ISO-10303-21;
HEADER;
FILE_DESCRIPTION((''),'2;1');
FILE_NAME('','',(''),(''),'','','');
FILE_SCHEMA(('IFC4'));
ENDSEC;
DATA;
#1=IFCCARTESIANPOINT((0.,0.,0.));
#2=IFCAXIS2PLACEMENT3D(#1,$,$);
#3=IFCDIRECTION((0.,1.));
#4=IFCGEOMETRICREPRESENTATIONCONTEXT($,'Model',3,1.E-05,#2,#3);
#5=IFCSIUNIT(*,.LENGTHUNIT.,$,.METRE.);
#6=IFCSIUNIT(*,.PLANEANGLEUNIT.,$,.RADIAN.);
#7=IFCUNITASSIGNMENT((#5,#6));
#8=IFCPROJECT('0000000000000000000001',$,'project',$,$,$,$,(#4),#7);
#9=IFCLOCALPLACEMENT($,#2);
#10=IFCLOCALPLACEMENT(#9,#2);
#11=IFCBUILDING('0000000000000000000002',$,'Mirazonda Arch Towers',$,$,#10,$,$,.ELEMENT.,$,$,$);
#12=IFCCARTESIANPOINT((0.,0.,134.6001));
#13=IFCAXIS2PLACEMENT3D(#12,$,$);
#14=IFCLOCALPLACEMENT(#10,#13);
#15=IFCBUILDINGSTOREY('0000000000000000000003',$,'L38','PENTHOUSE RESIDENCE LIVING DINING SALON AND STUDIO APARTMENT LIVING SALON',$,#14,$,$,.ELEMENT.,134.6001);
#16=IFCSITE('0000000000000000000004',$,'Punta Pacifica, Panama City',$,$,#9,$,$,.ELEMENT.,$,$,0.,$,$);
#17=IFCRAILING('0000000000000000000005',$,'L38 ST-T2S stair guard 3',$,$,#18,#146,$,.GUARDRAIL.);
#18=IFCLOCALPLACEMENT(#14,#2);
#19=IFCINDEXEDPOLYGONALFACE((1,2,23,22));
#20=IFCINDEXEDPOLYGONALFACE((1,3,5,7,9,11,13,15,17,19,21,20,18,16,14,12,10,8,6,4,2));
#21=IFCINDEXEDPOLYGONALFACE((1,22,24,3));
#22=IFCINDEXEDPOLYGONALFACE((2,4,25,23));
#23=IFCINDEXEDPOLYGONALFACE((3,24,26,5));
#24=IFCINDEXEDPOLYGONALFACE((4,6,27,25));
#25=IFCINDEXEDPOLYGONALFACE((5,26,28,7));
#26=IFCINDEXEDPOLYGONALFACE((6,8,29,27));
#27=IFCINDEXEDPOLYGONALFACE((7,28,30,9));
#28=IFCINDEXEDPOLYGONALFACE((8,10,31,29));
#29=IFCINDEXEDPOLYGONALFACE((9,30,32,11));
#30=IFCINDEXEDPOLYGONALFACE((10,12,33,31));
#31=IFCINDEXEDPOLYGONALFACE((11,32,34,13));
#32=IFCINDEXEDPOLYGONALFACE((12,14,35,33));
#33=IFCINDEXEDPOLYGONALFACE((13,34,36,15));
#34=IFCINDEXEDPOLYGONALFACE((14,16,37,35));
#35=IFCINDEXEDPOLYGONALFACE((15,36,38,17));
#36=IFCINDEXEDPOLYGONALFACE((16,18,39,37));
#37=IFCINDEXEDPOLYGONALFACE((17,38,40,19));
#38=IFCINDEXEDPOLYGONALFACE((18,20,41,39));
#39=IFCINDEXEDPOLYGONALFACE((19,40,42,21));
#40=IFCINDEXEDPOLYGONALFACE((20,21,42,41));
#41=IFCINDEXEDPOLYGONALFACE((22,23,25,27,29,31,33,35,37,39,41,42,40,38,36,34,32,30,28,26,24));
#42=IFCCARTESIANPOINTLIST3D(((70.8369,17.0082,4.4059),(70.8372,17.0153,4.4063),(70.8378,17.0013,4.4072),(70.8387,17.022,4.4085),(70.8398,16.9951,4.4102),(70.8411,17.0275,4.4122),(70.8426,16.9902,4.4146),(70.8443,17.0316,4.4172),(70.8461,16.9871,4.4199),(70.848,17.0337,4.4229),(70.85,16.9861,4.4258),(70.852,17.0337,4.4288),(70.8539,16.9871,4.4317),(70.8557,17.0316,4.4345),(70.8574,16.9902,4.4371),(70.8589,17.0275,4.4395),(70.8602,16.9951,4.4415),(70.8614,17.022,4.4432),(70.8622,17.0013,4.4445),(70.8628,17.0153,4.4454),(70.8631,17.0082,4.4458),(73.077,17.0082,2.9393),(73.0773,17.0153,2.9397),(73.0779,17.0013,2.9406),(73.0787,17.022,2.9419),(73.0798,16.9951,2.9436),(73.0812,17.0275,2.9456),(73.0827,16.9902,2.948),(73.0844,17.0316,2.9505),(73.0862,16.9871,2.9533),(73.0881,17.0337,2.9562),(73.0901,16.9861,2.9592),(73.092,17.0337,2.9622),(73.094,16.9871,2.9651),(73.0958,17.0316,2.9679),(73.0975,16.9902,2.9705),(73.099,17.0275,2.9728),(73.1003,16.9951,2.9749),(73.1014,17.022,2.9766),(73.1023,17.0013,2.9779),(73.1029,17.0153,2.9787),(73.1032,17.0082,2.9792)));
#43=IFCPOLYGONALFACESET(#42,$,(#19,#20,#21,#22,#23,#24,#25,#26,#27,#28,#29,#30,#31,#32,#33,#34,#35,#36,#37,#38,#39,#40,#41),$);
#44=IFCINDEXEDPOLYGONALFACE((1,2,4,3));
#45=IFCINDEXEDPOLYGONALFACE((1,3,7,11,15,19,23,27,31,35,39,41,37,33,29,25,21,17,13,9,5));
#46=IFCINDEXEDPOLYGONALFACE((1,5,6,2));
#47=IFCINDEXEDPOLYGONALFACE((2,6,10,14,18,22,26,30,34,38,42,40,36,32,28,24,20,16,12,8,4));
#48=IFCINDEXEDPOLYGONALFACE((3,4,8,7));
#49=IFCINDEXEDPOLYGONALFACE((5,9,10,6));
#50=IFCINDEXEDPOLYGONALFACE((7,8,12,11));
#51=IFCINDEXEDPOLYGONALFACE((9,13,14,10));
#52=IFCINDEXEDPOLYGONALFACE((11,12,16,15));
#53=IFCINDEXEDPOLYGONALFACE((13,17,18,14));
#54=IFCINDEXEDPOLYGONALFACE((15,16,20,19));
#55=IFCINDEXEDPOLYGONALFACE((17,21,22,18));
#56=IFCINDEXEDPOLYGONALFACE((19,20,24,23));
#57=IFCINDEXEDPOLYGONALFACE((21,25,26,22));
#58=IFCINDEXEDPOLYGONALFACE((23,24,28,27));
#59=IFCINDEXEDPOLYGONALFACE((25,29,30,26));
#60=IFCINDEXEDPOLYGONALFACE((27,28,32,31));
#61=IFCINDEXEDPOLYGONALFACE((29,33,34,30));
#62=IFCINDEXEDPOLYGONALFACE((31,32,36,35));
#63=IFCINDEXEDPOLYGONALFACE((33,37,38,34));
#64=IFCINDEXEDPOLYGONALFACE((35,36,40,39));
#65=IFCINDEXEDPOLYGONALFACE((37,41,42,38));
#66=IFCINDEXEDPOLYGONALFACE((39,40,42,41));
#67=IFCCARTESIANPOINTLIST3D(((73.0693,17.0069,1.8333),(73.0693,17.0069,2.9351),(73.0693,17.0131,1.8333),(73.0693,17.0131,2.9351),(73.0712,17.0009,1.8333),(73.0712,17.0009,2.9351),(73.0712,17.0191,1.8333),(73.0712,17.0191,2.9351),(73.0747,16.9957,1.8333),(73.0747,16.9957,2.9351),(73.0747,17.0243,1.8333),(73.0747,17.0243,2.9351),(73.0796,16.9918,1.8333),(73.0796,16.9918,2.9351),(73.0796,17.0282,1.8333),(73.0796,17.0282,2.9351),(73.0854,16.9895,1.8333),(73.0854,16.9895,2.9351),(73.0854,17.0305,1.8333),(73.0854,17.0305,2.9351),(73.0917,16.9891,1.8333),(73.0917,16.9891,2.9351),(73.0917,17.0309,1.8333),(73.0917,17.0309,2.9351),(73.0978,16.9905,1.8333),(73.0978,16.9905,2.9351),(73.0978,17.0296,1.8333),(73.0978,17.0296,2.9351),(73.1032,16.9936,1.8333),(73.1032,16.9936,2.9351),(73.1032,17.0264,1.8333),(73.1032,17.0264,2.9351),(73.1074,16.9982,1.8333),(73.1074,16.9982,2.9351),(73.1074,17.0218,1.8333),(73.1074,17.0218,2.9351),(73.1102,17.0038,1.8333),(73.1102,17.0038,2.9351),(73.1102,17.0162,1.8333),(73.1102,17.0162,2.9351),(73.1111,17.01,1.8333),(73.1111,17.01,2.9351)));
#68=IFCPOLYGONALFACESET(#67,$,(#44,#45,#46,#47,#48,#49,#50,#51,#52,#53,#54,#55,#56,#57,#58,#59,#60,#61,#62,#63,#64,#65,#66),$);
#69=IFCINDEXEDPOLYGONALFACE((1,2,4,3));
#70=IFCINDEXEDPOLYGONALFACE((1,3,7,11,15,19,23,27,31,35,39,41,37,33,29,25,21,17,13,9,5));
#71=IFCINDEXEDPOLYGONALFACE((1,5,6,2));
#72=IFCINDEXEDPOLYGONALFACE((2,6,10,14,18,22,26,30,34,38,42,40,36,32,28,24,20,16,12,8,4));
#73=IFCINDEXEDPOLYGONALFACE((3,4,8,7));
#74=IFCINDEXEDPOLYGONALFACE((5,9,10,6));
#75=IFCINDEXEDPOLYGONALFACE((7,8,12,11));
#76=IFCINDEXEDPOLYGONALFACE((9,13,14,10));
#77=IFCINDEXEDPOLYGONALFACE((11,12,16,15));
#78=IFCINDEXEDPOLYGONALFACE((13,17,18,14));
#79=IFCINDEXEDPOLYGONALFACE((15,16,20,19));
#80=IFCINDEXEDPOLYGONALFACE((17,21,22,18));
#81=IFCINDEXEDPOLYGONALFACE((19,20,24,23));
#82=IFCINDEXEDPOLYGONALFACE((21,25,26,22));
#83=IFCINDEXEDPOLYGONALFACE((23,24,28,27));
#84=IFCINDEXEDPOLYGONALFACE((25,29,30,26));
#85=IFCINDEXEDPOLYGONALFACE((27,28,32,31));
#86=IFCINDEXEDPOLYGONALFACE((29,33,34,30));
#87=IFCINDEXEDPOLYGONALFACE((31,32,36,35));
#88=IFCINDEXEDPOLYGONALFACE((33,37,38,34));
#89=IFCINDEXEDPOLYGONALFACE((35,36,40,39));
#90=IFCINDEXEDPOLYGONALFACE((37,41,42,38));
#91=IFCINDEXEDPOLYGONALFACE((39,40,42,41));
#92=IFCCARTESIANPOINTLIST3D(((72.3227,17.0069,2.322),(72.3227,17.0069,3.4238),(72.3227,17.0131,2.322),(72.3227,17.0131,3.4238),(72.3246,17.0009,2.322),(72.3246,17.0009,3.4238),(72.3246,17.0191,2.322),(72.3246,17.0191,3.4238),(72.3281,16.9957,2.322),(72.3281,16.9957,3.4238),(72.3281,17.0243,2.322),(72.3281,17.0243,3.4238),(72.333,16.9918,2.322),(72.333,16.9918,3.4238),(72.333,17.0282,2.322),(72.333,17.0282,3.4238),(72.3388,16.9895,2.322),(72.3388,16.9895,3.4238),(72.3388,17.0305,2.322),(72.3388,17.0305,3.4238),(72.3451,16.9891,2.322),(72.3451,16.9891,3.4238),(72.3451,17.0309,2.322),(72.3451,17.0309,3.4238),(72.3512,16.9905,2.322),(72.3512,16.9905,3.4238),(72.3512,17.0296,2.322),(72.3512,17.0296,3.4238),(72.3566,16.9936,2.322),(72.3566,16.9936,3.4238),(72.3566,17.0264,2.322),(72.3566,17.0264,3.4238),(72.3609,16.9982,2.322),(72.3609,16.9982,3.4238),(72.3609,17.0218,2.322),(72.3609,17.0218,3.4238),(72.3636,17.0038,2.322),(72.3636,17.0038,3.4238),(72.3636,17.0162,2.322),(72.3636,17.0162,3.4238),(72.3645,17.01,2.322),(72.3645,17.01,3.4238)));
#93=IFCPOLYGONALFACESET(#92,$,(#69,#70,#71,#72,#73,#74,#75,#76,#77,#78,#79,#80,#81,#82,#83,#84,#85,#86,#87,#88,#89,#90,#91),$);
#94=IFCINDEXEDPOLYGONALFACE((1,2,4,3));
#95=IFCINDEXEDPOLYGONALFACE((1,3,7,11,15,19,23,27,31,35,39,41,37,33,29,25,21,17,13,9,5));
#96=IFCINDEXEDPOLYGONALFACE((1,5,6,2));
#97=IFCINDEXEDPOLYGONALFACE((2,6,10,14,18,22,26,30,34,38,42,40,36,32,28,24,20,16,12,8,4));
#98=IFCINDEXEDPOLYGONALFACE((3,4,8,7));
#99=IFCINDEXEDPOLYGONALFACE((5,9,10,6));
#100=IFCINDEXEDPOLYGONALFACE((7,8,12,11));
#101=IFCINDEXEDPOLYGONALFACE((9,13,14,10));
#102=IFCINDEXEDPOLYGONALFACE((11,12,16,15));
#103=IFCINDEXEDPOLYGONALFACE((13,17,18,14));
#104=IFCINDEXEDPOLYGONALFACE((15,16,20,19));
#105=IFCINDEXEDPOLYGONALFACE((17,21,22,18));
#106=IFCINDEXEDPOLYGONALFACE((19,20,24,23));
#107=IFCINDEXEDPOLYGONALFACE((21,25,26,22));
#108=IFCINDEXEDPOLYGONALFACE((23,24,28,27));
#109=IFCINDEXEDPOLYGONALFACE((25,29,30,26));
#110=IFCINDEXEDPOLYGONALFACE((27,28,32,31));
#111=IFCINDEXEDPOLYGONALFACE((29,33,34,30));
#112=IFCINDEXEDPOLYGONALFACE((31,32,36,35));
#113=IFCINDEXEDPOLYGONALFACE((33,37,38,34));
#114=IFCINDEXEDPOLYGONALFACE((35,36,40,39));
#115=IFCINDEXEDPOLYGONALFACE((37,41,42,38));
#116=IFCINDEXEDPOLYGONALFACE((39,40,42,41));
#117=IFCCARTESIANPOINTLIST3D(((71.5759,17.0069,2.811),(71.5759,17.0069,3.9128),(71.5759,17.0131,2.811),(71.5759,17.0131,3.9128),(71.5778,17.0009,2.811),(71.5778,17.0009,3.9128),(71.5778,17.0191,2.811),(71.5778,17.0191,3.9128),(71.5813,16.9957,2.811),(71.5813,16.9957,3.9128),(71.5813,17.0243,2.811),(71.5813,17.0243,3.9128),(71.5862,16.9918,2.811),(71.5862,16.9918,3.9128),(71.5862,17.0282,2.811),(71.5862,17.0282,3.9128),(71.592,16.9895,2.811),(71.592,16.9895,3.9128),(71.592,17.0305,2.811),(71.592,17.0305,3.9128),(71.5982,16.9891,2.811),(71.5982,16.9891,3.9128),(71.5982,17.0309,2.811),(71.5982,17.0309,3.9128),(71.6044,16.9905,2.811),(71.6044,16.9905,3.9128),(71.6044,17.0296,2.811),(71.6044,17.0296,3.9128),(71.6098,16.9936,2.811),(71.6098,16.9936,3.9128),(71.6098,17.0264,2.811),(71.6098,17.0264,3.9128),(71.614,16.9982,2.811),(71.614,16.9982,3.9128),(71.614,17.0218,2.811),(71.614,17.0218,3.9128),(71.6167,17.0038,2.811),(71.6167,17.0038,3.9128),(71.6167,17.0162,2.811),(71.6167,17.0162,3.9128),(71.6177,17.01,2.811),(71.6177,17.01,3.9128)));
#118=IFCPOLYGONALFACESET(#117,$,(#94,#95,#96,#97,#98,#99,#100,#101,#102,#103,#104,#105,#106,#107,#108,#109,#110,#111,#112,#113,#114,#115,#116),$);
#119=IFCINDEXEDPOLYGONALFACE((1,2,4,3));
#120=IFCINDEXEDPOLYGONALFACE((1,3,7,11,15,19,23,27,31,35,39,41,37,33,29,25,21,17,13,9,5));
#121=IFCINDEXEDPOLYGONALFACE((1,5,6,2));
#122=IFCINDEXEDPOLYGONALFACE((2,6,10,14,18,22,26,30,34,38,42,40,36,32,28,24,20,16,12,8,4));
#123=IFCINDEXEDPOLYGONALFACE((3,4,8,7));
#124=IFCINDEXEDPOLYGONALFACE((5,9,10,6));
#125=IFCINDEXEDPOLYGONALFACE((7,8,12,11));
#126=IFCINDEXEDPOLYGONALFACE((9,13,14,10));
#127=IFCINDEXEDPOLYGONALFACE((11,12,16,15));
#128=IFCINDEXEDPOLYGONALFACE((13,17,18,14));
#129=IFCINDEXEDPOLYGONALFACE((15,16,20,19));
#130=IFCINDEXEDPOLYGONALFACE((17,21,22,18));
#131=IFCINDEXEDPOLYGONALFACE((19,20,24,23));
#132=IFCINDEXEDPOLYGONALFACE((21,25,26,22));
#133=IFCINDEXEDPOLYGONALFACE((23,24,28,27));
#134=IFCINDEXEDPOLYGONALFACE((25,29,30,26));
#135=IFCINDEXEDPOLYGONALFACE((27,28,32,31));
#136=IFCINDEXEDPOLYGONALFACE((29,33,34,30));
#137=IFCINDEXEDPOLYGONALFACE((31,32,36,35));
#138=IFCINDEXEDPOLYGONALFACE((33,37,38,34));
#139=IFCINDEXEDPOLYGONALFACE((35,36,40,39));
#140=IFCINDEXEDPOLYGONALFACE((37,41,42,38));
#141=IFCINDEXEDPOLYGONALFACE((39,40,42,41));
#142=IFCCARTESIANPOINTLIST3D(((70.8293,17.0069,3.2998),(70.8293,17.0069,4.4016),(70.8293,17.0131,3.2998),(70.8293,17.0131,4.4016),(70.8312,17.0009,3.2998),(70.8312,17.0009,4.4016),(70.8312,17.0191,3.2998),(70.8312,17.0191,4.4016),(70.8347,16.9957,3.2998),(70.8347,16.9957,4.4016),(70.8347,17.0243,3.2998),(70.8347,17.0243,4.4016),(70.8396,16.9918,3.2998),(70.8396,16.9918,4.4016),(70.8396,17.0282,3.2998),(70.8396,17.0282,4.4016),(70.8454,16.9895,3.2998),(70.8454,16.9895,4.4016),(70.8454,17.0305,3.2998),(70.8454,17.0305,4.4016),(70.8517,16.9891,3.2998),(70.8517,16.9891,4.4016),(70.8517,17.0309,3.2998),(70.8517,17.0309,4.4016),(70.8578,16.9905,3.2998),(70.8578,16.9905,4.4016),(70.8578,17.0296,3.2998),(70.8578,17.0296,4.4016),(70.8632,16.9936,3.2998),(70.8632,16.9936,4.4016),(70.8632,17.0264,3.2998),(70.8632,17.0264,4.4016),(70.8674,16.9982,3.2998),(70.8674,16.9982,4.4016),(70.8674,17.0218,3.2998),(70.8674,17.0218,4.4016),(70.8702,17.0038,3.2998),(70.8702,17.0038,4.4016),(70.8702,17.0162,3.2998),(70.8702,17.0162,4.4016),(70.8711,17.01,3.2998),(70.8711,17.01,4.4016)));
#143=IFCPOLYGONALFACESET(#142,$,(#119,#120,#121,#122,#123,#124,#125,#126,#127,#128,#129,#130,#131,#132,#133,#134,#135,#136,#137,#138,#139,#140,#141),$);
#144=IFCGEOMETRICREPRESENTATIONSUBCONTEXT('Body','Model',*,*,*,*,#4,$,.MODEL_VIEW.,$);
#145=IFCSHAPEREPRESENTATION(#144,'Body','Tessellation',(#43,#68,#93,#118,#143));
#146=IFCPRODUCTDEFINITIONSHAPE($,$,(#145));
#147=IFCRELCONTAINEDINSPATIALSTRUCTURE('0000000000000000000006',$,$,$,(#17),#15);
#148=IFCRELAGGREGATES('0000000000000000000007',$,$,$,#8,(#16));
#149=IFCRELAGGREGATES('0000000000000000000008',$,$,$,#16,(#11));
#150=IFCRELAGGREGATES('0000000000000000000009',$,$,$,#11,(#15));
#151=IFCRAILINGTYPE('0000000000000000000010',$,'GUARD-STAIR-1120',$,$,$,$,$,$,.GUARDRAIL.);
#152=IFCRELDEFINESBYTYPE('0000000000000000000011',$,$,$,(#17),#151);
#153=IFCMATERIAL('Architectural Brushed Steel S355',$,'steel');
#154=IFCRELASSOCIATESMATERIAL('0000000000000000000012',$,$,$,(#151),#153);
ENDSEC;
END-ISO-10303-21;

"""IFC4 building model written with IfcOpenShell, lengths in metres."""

from ifc_helpers import new_model, si_unit, direction, frame, origin, origin_2d, place, context, subcontext, project, spatial, circle, extrude, material, type_object, element, save


model = new_model("IFC4")

# Units and contexts
model_context = context("Model", 3, precision=1e-05, world=origin(), true_north=direction((0.0, 1.0)))
body_context = subcontext(model_context, "Body", "Model", "MODEL_VIEW")
ifc_project = project(units=[si_unit("LENGTHUNIT", "METRE"), si_unit("PLANEANGLEUNIT", "RADIAN")], contexts=[model_context])

# Site, building, storey
site_placement = place(None, origin())
site = spatial("IfcSite", under=ifc_project, at=site_placement, Name="Punta Pacifica, Panama City", CompositionType="ELEMENT", RefElevation=0.0)
building_placement = place(site_placement, origin())
building = spatial("IfcBuilding", under=site, at=building_placement, Name="Mirazonda Arch Towers", CompositionType="ELEMENT")
storey_placement = place(building_placement, frame((0.0, 0.0, 134.6001)))
storey = spatial("IfcBuildingStorey", under=building, at=storey_placement, Name="L38", Description="PENTHOUSE RESIDENCE LIVING DINING SALON AND STUDIO APARTMENT LIVING SALON", CompositionType="ELEMENT", Elevation=134.6001)

# Railing
ifc_material_1 = material(Name="Architectural Brushed Steel S355", Category="steel")
railing_type_1 = type_object("IfcRailingType", Name="GUARD-STAIR-1120", PredefinedType="GUARDRAIL", material=ifc_material_1)
railing_1_placement = place(storey_placement, frame((73.0901, 17.01, 1.8333)))
element("IfcRailing", 1, at=railing_1_placement, inside=storey, type_object=railing_type_1, Name="L38 ST-T2S stair guard 3", PredefinedType="GUARDRAIL", context=body_context, shape_type="SweptSolid", body=[
    extrude(circle(Radius=0.0239, at=origin_2d()), frame((0.0, 0.0, 1.126), z_axis=(-0.836637, 0.0, 0.547758), x_axis=(0.0, -1.0, 0.0)), (0.0, 0.0, 1.0), 2.6775),
    extrude(circle(Radius=0.021, at=origin_2d()), origin(), (0.0, 0.0, 1.0), 1.1018),
    extrude(circle(Radius=0.021, at=origin_2d()), frame((-0.7466, 0.0, 0.4888)), (0.0, 0.0, 1.0), 1.1018),
    extrude(circle(Radius=0.021, at=origin_2d()), frame((-1.4934, 0.0, 0.9778)), (0.0, 0.0, 1.0), 1.1018),
    extrude(circle(Radius=0.021, at=origin_2d()), frame((-2.24, 0.0, 1.4666)), (0.0, 0.0, 1.0), 1.1018),
])

save(model, "model.ifc")
